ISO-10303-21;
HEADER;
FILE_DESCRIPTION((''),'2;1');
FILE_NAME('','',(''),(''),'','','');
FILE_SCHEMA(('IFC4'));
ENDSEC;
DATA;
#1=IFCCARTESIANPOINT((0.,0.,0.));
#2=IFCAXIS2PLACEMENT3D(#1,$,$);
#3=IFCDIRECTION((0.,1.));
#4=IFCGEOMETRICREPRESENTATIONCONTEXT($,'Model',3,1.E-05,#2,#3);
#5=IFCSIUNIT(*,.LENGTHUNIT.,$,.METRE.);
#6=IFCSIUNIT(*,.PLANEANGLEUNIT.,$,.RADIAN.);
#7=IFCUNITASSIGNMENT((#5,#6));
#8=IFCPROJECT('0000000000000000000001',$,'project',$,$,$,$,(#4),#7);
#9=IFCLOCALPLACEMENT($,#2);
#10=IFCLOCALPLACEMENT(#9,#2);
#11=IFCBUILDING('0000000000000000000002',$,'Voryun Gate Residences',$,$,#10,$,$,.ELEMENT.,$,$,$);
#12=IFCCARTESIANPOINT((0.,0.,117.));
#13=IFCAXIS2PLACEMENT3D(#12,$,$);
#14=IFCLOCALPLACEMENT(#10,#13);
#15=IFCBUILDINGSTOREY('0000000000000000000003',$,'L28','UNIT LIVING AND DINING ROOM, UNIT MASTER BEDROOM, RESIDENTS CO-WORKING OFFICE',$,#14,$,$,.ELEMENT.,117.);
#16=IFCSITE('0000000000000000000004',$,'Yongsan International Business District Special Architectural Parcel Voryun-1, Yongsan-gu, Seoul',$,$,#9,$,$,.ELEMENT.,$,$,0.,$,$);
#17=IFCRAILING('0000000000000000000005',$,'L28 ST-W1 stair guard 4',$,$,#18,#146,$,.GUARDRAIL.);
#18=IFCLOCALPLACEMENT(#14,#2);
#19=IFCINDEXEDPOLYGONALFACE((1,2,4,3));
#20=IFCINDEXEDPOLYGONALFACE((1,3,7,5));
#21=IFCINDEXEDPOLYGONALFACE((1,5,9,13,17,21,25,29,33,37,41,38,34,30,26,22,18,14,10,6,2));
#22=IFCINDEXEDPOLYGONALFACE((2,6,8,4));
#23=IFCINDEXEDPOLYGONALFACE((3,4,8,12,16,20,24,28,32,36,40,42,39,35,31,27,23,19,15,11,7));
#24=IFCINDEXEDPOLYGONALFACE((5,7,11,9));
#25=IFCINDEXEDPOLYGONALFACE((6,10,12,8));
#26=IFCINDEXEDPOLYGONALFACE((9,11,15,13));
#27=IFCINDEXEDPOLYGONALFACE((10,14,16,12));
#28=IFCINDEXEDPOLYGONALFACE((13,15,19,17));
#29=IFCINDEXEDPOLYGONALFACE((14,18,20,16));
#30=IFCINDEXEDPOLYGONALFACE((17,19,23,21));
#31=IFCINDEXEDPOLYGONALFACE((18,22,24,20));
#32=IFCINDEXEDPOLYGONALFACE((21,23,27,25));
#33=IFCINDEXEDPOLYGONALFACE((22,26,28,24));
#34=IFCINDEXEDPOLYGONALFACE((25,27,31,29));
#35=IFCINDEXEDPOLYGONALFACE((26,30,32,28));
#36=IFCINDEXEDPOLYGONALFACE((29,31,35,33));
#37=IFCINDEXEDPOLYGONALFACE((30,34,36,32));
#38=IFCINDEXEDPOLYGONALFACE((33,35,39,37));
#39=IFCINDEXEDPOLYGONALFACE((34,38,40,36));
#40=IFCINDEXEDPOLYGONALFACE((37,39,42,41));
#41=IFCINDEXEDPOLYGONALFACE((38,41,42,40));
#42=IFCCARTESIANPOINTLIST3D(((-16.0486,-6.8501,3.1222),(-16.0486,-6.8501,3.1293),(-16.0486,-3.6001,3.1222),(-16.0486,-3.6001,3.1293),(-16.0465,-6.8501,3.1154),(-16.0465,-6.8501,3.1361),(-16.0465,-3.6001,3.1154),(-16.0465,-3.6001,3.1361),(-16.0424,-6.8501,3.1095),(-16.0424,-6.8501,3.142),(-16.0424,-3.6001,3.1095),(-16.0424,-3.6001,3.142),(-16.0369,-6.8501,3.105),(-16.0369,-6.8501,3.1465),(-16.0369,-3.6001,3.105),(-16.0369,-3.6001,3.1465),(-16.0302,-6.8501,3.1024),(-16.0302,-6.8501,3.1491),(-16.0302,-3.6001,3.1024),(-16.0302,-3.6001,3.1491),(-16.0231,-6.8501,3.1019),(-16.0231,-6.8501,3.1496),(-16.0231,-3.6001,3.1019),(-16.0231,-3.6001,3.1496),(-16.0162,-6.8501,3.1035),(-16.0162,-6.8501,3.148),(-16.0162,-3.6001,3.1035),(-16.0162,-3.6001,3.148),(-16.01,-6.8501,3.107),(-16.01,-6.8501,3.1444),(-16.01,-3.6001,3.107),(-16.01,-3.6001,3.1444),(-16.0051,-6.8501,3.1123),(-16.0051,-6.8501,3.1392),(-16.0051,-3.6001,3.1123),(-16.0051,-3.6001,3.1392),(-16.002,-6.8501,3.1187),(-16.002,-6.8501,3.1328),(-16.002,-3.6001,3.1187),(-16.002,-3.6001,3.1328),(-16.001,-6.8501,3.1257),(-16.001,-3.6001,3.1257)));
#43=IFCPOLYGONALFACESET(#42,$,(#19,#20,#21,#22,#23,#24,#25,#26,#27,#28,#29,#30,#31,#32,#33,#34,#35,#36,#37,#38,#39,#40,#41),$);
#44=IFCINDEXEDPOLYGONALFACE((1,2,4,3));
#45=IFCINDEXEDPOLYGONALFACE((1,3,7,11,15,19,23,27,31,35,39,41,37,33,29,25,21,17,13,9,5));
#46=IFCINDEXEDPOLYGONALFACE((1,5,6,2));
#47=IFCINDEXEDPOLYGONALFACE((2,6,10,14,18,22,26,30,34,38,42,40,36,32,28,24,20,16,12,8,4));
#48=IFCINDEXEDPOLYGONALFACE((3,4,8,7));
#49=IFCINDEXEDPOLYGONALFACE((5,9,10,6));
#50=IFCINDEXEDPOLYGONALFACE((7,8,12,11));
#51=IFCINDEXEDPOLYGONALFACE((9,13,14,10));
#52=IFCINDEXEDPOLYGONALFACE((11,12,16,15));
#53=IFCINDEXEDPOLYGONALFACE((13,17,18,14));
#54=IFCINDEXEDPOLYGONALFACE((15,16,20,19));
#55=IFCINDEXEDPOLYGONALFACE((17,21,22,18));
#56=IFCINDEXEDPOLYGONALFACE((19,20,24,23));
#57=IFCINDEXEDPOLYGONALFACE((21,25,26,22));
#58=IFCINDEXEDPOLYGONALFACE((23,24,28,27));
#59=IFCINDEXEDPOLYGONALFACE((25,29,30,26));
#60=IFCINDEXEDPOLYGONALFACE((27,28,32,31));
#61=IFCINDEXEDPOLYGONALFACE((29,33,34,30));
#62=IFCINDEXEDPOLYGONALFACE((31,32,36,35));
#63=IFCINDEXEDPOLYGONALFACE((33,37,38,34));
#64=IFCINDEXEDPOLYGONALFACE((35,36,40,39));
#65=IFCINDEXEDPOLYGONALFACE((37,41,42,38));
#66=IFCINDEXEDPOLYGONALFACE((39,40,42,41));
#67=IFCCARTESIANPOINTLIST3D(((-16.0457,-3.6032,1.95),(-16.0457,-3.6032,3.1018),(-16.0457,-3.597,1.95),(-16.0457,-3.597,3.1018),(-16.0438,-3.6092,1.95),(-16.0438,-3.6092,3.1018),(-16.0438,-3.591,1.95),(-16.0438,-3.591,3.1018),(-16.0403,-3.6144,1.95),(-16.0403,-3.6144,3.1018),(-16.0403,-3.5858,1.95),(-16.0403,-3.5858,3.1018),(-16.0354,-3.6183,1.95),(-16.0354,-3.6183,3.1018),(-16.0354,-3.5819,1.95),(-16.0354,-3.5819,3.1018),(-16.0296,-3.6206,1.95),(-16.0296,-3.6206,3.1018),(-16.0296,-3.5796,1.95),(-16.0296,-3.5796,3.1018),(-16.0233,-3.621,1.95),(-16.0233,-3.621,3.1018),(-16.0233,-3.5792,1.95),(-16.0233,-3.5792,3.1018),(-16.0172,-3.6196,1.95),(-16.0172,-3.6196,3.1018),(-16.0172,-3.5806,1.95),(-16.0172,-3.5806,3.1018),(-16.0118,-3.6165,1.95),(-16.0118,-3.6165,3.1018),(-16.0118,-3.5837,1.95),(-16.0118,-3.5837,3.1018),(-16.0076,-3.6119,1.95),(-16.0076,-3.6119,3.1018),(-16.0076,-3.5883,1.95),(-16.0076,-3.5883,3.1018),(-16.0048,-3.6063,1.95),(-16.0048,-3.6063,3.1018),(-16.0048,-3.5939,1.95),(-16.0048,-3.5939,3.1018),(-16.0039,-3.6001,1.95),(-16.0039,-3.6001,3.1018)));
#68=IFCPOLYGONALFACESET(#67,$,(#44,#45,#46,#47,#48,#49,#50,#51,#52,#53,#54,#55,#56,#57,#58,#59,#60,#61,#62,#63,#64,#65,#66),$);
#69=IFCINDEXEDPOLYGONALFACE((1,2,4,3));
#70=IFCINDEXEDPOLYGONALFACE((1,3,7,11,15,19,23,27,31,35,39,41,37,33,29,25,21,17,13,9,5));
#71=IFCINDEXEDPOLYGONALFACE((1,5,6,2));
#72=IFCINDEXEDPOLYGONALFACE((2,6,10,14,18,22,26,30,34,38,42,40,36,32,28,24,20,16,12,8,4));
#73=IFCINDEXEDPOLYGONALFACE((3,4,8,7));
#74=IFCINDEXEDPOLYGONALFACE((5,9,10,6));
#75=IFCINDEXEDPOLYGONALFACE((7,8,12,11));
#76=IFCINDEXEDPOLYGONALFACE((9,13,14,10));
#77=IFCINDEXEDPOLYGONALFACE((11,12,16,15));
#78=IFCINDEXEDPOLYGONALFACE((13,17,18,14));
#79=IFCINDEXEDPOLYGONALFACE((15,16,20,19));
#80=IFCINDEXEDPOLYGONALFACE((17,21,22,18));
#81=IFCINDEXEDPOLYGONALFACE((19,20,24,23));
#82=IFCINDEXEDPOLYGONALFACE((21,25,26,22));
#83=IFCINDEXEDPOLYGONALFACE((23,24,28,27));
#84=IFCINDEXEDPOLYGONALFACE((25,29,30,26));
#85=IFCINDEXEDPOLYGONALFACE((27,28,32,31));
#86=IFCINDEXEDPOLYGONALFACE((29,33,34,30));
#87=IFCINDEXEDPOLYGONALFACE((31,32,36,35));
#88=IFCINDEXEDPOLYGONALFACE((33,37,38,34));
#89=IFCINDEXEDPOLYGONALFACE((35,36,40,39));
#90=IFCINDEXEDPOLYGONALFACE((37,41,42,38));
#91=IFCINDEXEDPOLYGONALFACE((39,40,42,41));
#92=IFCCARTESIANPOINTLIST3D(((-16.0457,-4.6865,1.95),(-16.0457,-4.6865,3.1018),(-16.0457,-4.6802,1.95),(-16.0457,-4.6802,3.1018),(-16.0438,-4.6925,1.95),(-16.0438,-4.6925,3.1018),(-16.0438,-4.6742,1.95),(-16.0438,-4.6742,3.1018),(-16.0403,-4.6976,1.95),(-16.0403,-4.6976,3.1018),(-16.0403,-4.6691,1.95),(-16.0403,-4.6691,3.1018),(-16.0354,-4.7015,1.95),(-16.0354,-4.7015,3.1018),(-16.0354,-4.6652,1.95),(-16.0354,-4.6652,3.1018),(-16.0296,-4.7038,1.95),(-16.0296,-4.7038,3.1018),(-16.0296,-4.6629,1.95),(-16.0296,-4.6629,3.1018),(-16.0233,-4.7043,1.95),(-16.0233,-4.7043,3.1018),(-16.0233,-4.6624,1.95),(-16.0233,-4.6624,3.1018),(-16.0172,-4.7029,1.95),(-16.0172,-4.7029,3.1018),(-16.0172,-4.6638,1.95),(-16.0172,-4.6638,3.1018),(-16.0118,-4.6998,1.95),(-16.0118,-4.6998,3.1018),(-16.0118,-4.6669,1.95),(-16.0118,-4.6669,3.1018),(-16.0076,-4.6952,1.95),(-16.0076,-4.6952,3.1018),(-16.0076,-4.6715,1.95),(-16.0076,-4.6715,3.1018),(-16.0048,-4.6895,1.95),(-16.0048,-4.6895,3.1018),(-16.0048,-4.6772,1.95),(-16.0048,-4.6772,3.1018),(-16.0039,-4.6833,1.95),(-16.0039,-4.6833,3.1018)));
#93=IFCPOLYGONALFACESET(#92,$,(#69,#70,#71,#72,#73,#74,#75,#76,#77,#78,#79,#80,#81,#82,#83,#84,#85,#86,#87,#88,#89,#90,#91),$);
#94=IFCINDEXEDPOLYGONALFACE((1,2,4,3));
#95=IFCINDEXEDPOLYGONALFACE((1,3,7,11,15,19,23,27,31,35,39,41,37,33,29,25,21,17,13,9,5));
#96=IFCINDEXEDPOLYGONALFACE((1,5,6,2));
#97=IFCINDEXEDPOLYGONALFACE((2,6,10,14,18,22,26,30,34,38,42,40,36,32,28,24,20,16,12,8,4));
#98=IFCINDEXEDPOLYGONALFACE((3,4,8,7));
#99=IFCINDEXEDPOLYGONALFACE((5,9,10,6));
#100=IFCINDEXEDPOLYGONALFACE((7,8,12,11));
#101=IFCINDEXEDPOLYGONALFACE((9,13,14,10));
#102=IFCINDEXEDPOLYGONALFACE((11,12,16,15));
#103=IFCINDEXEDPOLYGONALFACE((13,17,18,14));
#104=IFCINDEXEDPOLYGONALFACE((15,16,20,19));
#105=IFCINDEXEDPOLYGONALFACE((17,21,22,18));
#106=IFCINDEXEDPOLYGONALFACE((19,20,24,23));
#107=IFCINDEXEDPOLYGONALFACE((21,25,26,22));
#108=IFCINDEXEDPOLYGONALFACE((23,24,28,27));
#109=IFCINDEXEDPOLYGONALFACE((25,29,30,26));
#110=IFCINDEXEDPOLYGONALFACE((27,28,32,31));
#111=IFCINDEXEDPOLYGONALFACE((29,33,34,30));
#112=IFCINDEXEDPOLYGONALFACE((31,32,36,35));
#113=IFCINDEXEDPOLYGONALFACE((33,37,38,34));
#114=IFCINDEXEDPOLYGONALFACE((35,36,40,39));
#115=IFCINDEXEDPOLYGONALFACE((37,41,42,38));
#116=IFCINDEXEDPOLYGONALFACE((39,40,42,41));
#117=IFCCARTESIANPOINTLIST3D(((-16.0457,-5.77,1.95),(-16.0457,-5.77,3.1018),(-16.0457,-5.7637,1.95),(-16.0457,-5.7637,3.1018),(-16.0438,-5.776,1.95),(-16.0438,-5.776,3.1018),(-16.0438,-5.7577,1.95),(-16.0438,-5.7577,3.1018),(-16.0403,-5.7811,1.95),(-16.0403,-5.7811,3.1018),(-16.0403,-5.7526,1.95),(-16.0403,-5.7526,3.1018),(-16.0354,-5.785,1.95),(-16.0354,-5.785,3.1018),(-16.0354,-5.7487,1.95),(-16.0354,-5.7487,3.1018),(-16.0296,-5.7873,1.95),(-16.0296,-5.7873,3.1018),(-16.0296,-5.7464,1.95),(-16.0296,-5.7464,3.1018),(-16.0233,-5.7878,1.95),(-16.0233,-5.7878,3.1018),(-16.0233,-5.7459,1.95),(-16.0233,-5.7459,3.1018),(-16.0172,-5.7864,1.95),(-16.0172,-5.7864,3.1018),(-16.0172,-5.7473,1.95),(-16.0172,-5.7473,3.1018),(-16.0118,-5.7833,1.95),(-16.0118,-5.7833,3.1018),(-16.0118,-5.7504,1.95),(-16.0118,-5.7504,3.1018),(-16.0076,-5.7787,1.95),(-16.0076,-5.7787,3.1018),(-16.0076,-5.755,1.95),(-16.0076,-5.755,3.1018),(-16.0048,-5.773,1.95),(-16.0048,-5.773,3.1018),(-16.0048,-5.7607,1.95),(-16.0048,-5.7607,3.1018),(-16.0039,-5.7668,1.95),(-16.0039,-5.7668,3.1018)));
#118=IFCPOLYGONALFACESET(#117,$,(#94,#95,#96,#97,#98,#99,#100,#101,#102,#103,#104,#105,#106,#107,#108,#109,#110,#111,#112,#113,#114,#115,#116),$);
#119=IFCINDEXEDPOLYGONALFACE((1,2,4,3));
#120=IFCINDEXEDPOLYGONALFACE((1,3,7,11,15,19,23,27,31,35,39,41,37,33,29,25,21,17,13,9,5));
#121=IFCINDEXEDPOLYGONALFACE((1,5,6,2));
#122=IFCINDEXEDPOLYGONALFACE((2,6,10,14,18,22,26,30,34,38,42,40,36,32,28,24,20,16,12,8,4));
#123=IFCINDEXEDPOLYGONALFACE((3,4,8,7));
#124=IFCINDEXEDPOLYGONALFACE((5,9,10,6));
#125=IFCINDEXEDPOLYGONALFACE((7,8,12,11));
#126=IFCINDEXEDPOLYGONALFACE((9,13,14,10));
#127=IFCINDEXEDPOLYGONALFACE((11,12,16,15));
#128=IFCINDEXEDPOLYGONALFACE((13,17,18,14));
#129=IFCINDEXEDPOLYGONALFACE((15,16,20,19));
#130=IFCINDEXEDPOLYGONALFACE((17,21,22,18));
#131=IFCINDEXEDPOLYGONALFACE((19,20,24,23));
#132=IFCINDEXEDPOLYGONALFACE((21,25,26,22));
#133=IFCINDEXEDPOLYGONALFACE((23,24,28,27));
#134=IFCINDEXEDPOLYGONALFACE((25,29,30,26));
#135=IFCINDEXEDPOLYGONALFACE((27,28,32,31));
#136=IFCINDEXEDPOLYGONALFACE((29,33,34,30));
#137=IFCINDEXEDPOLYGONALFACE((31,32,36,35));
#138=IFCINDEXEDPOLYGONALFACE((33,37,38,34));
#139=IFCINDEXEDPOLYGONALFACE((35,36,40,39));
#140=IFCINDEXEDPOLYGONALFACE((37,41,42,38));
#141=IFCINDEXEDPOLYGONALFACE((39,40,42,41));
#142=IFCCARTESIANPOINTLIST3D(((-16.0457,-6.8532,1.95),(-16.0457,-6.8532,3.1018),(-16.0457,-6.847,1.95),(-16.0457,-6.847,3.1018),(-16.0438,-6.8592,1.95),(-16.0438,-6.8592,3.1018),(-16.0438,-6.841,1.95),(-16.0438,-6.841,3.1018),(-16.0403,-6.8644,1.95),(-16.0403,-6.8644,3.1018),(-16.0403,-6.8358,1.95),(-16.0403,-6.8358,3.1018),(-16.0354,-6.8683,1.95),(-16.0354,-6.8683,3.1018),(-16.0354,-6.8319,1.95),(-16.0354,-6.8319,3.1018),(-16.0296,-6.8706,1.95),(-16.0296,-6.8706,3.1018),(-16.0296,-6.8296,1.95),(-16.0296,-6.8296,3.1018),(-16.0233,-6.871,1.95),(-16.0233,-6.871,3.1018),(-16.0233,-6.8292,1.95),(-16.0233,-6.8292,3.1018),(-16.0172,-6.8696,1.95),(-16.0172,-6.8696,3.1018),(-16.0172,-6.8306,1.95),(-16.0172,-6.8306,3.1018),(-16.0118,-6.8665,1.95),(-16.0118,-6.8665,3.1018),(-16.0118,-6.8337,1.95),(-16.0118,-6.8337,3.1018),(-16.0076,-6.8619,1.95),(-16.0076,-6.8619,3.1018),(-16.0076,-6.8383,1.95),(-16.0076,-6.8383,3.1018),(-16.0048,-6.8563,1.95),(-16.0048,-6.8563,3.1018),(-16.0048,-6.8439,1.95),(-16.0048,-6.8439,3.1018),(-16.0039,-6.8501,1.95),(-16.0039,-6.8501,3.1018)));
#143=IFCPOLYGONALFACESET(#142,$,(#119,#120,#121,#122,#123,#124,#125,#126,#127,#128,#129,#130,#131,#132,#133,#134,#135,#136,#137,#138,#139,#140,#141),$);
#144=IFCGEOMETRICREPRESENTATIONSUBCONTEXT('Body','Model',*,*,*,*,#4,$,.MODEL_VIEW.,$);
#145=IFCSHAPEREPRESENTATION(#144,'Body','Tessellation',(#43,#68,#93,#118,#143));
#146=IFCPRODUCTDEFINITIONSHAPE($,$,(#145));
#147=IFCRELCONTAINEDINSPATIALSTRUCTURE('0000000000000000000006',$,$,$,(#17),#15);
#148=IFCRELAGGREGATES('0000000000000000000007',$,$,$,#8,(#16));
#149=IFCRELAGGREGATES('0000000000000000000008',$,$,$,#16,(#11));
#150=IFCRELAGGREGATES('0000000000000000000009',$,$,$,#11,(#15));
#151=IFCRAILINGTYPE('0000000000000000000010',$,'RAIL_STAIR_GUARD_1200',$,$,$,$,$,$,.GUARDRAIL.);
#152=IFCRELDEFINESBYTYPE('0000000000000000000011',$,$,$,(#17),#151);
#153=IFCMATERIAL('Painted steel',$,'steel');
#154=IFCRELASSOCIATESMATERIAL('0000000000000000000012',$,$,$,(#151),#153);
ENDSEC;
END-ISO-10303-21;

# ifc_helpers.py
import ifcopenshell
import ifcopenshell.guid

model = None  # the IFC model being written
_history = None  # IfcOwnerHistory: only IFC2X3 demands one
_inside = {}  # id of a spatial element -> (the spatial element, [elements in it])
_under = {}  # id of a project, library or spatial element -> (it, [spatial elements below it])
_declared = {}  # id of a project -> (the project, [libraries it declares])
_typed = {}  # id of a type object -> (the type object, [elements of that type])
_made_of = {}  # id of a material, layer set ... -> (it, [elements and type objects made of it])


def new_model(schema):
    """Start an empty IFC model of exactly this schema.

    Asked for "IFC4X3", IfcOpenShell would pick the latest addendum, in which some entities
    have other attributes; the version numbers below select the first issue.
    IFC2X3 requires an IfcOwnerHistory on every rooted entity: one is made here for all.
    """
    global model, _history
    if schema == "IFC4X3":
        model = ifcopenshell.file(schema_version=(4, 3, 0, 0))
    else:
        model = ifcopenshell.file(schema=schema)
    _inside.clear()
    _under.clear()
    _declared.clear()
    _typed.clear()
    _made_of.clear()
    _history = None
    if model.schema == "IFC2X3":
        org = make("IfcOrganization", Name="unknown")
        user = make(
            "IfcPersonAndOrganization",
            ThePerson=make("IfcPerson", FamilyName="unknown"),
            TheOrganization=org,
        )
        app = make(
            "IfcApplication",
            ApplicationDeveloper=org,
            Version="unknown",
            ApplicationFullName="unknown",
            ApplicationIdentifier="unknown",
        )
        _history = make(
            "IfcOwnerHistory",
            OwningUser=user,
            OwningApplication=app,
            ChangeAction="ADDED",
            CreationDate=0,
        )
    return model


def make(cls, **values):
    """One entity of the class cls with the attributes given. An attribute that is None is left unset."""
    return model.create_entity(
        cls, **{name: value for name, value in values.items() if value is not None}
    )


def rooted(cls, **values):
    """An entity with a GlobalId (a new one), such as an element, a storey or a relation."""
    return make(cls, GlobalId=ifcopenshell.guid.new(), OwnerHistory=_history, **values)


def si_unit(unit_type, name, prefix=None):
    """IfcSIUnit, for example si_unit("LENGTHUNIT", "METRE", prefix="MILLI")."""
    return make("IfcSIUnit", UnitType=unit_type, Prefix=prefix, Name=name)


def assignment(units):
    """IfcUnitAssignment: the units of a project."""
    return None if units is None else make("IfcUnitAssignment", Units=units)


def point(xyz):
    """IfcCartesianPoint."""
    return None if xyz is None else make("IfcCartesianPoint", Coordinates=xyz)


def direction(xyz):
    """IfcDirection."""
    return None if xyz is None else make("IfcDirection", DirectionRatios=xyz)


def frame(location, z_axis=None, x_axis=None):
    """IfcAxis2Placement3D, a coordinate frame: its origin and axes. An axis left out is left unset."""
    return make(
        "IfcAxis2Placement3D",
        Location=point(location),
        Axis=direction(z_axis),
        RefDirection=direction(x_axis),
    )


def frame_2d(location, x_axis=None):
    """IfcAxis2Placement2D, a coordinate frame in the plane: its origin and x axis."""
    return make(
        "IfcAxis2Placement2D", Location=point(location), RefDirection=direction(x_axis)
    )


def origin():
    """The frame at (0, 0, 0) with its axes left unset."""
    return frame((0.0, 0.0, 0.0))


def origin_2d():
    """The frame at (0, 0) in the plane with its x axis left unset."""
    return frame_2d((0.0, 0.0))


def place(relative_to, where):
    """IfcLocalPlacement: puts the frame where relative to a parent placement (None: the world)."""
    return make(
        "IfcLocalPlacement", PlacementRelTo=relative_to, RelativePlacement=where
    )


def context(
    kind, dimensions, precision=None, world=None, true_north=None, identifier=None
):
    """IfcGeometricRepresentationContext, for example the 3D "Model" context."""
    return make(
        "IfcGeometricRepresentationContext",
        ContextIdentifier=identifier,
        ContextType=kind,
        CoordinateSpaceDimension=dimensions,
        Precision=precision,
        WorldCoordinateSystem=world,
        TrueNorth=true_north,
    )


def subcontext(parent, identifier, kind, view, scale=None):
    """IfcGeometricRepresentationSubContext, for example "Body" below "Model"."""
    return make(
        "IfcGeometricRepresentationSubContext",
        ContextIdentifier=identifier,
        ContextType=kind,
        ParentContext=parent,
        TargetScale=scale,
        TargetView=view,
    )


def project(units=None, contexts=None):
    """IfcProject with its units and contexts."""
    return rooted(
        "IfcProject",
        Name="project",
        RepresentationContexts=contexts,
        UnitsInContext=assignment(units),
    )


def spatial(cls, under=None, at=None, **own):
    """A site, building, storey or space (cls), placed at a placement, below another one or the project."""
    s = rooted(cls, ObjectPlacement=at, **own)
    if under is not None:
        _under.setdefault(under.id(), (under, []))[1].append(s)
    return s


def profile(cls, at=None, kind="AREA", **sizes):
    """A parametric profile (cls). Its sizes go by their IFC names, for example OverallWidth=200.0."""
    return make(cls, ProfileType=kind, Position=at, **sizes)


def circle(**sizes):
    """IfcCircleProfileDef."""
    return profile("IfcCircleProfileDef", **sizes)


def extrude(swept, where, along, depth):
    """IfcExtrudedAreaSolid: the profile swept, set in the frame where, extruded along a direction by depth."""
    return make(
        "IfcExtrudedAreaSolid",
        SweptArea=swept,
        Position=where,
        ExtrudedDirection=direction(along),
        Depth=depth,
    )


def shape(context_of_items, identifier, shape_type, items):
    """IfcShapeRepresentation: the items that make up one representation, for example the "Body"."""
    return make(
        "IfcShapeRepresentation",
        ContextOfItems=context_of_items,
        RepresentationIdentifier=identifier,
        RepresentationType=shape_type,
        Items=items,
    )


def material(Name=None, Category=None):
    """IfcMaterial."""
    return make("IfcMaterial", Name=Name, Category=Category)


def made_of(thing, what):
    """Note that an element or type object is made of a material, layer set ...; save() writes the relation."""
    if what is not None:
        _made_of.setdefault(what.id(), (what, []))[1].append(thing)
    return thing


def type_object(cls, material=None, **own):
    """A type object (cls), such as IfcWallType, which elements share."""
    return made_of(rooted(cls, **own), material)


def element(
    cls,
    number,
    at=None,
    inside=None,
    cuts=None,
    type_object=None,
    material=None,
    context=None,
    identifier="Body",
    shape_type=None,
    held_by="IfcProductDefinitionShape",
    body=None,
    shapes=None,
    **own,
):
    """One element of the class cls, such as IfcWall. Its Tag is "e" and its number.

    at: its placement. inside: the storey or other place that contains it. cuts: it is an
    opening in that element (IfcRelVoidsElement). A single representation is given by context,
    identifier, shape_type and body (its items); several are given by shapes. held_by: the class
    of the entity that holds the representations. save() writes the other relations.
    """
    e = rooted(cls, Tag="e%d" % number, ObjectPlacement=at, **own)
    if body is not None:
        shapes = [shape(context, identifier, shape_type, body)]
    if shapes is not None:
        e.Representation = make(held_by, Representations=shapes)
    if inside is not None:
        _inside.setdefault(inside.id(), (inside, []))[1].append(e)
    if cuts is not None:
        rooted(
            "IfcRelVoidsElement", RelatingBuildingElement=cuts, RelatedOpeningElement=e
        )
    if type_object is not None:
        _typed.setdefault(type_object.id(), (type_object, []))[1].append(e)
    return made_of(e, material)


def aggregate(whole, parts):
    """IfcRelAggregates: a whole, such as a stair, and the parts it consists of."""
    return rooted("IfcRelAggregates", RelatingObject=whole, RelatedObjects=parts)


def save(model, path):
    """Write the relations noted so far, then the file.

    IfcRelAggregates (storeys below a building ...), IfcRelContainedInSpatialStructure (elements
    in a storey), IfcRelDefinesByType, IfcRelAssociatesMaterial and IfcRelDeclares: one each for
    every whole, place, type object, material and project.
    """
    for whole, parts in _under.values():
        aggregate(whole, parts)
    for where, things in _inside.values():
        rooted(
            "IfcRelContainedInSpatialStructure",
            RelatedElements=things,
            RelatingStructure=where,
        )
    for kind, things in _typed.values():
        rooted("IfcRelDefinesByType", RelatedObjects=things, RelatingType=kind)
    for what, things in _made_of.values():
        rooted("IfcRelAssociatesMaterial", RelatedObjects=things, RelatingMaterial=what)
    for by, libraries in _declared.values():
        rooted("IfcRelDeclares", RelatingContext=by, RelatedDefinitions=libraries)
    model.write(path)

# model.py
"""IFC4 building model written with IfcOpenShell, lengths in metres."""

from ifc_helpers import new_model, si_unit, direction, frame, origin, origin_2d, place, context, subcontext, project, spatial, circle, extrude, material, type_object, element, save


model = new_model("IFC4")

# Units and contexts
model_context = context("Model", 3, precision=1e-05, world=origin(), true_north=direction((0.0, 1.0)))
body_context = subcontext(model_context, "Body", "Model", "MODEL_VIEW")
ifc_project = project(units=[si_unit("LENGTHUNIT", "METRE"), si_unit("PLANEANGLEUNIT", "RADIAN")], contexts=[model_context])

# Site, building, storey
site_placement = place(None, origin())
site = spatial("IfcSite", under=ifc_project, at=site_placement, Name="Yongsan International Business District Special Architectural Parcel Voryun-1, Yongsan-gu, Seoul", CompositionType="ELEMENT", RefElevation=0.0)
building_placement = place(site_placement, origin())
building = spatial("IfcBuilding", under=site, at=building_placement, Name="Voryun Gate Residences", CompositionType="ELEMENT")
storey_placement = place(building_placement, frame((0.0, 0.0, 117.0)))
storey = spatial("IfcBuildingStorey", under=building, at=storey_placement, Name="L28", Description="UNIT LIVING AND DINING ROOM, UNIT MASTER BEDROOM, RESIDENTS CO-WORKING OFFICE", CompositionType="ELEMENT", Elevation=117.0)

# Railing
ifc_material_1 = material(Name="Painted steel", Category="steel")
railing_type_1 = type_object("IfcRailingType", Name="RAIL_STAIR_GUARD_1200", PredefinedType="GUARDRAIL", material=ifc_material_1)
for number, where, name in (
    (1, (-16.0249, -3.6001, 1.95), "L28 ST-W1 stair guard 4"),
):
    element("IfcRailing", number, at=place(storey_placement, frame(where)), inside=storey, type_object=railing_type_1, Name=name, PredefinedType="GUARDRAIL", context=body_context, shape_type="SweptSolid", body=[
        extrude(circle(Radius=0.0239, at=origin_2d()), frame((0.0, 0.0, 1.1758), z_axis=(0.0, -1.0, 0.0), x_axis=(1.0, 0.0, 0.0)), (0.0, 0.0, 1.0), 3.25),
        extrude(circle(Radius=0.021, at=origin_2d()), origin(), (0.0, 0.0, 1.0), 1.1519),
        extrude(circle(Radius=0.021, at=origin_2d()), frame((0.0, -1.0833, 0.0)), (0.0, 0.0, 1.0), 1.1519),
        extrude(circle(Radius=0.021, at=origin_2d()), frame((0.0, -2.1667, 0.0)), (0.0, 0.0, 1.0), 1.1519),
        extrude(circle(Radius=0.021, at=origin_2d()), frame((0.0, -3.25, 0.0)), (0.0, 0.0, 1.0), 1.1519),
    ])

save(model, "model.ifc")
